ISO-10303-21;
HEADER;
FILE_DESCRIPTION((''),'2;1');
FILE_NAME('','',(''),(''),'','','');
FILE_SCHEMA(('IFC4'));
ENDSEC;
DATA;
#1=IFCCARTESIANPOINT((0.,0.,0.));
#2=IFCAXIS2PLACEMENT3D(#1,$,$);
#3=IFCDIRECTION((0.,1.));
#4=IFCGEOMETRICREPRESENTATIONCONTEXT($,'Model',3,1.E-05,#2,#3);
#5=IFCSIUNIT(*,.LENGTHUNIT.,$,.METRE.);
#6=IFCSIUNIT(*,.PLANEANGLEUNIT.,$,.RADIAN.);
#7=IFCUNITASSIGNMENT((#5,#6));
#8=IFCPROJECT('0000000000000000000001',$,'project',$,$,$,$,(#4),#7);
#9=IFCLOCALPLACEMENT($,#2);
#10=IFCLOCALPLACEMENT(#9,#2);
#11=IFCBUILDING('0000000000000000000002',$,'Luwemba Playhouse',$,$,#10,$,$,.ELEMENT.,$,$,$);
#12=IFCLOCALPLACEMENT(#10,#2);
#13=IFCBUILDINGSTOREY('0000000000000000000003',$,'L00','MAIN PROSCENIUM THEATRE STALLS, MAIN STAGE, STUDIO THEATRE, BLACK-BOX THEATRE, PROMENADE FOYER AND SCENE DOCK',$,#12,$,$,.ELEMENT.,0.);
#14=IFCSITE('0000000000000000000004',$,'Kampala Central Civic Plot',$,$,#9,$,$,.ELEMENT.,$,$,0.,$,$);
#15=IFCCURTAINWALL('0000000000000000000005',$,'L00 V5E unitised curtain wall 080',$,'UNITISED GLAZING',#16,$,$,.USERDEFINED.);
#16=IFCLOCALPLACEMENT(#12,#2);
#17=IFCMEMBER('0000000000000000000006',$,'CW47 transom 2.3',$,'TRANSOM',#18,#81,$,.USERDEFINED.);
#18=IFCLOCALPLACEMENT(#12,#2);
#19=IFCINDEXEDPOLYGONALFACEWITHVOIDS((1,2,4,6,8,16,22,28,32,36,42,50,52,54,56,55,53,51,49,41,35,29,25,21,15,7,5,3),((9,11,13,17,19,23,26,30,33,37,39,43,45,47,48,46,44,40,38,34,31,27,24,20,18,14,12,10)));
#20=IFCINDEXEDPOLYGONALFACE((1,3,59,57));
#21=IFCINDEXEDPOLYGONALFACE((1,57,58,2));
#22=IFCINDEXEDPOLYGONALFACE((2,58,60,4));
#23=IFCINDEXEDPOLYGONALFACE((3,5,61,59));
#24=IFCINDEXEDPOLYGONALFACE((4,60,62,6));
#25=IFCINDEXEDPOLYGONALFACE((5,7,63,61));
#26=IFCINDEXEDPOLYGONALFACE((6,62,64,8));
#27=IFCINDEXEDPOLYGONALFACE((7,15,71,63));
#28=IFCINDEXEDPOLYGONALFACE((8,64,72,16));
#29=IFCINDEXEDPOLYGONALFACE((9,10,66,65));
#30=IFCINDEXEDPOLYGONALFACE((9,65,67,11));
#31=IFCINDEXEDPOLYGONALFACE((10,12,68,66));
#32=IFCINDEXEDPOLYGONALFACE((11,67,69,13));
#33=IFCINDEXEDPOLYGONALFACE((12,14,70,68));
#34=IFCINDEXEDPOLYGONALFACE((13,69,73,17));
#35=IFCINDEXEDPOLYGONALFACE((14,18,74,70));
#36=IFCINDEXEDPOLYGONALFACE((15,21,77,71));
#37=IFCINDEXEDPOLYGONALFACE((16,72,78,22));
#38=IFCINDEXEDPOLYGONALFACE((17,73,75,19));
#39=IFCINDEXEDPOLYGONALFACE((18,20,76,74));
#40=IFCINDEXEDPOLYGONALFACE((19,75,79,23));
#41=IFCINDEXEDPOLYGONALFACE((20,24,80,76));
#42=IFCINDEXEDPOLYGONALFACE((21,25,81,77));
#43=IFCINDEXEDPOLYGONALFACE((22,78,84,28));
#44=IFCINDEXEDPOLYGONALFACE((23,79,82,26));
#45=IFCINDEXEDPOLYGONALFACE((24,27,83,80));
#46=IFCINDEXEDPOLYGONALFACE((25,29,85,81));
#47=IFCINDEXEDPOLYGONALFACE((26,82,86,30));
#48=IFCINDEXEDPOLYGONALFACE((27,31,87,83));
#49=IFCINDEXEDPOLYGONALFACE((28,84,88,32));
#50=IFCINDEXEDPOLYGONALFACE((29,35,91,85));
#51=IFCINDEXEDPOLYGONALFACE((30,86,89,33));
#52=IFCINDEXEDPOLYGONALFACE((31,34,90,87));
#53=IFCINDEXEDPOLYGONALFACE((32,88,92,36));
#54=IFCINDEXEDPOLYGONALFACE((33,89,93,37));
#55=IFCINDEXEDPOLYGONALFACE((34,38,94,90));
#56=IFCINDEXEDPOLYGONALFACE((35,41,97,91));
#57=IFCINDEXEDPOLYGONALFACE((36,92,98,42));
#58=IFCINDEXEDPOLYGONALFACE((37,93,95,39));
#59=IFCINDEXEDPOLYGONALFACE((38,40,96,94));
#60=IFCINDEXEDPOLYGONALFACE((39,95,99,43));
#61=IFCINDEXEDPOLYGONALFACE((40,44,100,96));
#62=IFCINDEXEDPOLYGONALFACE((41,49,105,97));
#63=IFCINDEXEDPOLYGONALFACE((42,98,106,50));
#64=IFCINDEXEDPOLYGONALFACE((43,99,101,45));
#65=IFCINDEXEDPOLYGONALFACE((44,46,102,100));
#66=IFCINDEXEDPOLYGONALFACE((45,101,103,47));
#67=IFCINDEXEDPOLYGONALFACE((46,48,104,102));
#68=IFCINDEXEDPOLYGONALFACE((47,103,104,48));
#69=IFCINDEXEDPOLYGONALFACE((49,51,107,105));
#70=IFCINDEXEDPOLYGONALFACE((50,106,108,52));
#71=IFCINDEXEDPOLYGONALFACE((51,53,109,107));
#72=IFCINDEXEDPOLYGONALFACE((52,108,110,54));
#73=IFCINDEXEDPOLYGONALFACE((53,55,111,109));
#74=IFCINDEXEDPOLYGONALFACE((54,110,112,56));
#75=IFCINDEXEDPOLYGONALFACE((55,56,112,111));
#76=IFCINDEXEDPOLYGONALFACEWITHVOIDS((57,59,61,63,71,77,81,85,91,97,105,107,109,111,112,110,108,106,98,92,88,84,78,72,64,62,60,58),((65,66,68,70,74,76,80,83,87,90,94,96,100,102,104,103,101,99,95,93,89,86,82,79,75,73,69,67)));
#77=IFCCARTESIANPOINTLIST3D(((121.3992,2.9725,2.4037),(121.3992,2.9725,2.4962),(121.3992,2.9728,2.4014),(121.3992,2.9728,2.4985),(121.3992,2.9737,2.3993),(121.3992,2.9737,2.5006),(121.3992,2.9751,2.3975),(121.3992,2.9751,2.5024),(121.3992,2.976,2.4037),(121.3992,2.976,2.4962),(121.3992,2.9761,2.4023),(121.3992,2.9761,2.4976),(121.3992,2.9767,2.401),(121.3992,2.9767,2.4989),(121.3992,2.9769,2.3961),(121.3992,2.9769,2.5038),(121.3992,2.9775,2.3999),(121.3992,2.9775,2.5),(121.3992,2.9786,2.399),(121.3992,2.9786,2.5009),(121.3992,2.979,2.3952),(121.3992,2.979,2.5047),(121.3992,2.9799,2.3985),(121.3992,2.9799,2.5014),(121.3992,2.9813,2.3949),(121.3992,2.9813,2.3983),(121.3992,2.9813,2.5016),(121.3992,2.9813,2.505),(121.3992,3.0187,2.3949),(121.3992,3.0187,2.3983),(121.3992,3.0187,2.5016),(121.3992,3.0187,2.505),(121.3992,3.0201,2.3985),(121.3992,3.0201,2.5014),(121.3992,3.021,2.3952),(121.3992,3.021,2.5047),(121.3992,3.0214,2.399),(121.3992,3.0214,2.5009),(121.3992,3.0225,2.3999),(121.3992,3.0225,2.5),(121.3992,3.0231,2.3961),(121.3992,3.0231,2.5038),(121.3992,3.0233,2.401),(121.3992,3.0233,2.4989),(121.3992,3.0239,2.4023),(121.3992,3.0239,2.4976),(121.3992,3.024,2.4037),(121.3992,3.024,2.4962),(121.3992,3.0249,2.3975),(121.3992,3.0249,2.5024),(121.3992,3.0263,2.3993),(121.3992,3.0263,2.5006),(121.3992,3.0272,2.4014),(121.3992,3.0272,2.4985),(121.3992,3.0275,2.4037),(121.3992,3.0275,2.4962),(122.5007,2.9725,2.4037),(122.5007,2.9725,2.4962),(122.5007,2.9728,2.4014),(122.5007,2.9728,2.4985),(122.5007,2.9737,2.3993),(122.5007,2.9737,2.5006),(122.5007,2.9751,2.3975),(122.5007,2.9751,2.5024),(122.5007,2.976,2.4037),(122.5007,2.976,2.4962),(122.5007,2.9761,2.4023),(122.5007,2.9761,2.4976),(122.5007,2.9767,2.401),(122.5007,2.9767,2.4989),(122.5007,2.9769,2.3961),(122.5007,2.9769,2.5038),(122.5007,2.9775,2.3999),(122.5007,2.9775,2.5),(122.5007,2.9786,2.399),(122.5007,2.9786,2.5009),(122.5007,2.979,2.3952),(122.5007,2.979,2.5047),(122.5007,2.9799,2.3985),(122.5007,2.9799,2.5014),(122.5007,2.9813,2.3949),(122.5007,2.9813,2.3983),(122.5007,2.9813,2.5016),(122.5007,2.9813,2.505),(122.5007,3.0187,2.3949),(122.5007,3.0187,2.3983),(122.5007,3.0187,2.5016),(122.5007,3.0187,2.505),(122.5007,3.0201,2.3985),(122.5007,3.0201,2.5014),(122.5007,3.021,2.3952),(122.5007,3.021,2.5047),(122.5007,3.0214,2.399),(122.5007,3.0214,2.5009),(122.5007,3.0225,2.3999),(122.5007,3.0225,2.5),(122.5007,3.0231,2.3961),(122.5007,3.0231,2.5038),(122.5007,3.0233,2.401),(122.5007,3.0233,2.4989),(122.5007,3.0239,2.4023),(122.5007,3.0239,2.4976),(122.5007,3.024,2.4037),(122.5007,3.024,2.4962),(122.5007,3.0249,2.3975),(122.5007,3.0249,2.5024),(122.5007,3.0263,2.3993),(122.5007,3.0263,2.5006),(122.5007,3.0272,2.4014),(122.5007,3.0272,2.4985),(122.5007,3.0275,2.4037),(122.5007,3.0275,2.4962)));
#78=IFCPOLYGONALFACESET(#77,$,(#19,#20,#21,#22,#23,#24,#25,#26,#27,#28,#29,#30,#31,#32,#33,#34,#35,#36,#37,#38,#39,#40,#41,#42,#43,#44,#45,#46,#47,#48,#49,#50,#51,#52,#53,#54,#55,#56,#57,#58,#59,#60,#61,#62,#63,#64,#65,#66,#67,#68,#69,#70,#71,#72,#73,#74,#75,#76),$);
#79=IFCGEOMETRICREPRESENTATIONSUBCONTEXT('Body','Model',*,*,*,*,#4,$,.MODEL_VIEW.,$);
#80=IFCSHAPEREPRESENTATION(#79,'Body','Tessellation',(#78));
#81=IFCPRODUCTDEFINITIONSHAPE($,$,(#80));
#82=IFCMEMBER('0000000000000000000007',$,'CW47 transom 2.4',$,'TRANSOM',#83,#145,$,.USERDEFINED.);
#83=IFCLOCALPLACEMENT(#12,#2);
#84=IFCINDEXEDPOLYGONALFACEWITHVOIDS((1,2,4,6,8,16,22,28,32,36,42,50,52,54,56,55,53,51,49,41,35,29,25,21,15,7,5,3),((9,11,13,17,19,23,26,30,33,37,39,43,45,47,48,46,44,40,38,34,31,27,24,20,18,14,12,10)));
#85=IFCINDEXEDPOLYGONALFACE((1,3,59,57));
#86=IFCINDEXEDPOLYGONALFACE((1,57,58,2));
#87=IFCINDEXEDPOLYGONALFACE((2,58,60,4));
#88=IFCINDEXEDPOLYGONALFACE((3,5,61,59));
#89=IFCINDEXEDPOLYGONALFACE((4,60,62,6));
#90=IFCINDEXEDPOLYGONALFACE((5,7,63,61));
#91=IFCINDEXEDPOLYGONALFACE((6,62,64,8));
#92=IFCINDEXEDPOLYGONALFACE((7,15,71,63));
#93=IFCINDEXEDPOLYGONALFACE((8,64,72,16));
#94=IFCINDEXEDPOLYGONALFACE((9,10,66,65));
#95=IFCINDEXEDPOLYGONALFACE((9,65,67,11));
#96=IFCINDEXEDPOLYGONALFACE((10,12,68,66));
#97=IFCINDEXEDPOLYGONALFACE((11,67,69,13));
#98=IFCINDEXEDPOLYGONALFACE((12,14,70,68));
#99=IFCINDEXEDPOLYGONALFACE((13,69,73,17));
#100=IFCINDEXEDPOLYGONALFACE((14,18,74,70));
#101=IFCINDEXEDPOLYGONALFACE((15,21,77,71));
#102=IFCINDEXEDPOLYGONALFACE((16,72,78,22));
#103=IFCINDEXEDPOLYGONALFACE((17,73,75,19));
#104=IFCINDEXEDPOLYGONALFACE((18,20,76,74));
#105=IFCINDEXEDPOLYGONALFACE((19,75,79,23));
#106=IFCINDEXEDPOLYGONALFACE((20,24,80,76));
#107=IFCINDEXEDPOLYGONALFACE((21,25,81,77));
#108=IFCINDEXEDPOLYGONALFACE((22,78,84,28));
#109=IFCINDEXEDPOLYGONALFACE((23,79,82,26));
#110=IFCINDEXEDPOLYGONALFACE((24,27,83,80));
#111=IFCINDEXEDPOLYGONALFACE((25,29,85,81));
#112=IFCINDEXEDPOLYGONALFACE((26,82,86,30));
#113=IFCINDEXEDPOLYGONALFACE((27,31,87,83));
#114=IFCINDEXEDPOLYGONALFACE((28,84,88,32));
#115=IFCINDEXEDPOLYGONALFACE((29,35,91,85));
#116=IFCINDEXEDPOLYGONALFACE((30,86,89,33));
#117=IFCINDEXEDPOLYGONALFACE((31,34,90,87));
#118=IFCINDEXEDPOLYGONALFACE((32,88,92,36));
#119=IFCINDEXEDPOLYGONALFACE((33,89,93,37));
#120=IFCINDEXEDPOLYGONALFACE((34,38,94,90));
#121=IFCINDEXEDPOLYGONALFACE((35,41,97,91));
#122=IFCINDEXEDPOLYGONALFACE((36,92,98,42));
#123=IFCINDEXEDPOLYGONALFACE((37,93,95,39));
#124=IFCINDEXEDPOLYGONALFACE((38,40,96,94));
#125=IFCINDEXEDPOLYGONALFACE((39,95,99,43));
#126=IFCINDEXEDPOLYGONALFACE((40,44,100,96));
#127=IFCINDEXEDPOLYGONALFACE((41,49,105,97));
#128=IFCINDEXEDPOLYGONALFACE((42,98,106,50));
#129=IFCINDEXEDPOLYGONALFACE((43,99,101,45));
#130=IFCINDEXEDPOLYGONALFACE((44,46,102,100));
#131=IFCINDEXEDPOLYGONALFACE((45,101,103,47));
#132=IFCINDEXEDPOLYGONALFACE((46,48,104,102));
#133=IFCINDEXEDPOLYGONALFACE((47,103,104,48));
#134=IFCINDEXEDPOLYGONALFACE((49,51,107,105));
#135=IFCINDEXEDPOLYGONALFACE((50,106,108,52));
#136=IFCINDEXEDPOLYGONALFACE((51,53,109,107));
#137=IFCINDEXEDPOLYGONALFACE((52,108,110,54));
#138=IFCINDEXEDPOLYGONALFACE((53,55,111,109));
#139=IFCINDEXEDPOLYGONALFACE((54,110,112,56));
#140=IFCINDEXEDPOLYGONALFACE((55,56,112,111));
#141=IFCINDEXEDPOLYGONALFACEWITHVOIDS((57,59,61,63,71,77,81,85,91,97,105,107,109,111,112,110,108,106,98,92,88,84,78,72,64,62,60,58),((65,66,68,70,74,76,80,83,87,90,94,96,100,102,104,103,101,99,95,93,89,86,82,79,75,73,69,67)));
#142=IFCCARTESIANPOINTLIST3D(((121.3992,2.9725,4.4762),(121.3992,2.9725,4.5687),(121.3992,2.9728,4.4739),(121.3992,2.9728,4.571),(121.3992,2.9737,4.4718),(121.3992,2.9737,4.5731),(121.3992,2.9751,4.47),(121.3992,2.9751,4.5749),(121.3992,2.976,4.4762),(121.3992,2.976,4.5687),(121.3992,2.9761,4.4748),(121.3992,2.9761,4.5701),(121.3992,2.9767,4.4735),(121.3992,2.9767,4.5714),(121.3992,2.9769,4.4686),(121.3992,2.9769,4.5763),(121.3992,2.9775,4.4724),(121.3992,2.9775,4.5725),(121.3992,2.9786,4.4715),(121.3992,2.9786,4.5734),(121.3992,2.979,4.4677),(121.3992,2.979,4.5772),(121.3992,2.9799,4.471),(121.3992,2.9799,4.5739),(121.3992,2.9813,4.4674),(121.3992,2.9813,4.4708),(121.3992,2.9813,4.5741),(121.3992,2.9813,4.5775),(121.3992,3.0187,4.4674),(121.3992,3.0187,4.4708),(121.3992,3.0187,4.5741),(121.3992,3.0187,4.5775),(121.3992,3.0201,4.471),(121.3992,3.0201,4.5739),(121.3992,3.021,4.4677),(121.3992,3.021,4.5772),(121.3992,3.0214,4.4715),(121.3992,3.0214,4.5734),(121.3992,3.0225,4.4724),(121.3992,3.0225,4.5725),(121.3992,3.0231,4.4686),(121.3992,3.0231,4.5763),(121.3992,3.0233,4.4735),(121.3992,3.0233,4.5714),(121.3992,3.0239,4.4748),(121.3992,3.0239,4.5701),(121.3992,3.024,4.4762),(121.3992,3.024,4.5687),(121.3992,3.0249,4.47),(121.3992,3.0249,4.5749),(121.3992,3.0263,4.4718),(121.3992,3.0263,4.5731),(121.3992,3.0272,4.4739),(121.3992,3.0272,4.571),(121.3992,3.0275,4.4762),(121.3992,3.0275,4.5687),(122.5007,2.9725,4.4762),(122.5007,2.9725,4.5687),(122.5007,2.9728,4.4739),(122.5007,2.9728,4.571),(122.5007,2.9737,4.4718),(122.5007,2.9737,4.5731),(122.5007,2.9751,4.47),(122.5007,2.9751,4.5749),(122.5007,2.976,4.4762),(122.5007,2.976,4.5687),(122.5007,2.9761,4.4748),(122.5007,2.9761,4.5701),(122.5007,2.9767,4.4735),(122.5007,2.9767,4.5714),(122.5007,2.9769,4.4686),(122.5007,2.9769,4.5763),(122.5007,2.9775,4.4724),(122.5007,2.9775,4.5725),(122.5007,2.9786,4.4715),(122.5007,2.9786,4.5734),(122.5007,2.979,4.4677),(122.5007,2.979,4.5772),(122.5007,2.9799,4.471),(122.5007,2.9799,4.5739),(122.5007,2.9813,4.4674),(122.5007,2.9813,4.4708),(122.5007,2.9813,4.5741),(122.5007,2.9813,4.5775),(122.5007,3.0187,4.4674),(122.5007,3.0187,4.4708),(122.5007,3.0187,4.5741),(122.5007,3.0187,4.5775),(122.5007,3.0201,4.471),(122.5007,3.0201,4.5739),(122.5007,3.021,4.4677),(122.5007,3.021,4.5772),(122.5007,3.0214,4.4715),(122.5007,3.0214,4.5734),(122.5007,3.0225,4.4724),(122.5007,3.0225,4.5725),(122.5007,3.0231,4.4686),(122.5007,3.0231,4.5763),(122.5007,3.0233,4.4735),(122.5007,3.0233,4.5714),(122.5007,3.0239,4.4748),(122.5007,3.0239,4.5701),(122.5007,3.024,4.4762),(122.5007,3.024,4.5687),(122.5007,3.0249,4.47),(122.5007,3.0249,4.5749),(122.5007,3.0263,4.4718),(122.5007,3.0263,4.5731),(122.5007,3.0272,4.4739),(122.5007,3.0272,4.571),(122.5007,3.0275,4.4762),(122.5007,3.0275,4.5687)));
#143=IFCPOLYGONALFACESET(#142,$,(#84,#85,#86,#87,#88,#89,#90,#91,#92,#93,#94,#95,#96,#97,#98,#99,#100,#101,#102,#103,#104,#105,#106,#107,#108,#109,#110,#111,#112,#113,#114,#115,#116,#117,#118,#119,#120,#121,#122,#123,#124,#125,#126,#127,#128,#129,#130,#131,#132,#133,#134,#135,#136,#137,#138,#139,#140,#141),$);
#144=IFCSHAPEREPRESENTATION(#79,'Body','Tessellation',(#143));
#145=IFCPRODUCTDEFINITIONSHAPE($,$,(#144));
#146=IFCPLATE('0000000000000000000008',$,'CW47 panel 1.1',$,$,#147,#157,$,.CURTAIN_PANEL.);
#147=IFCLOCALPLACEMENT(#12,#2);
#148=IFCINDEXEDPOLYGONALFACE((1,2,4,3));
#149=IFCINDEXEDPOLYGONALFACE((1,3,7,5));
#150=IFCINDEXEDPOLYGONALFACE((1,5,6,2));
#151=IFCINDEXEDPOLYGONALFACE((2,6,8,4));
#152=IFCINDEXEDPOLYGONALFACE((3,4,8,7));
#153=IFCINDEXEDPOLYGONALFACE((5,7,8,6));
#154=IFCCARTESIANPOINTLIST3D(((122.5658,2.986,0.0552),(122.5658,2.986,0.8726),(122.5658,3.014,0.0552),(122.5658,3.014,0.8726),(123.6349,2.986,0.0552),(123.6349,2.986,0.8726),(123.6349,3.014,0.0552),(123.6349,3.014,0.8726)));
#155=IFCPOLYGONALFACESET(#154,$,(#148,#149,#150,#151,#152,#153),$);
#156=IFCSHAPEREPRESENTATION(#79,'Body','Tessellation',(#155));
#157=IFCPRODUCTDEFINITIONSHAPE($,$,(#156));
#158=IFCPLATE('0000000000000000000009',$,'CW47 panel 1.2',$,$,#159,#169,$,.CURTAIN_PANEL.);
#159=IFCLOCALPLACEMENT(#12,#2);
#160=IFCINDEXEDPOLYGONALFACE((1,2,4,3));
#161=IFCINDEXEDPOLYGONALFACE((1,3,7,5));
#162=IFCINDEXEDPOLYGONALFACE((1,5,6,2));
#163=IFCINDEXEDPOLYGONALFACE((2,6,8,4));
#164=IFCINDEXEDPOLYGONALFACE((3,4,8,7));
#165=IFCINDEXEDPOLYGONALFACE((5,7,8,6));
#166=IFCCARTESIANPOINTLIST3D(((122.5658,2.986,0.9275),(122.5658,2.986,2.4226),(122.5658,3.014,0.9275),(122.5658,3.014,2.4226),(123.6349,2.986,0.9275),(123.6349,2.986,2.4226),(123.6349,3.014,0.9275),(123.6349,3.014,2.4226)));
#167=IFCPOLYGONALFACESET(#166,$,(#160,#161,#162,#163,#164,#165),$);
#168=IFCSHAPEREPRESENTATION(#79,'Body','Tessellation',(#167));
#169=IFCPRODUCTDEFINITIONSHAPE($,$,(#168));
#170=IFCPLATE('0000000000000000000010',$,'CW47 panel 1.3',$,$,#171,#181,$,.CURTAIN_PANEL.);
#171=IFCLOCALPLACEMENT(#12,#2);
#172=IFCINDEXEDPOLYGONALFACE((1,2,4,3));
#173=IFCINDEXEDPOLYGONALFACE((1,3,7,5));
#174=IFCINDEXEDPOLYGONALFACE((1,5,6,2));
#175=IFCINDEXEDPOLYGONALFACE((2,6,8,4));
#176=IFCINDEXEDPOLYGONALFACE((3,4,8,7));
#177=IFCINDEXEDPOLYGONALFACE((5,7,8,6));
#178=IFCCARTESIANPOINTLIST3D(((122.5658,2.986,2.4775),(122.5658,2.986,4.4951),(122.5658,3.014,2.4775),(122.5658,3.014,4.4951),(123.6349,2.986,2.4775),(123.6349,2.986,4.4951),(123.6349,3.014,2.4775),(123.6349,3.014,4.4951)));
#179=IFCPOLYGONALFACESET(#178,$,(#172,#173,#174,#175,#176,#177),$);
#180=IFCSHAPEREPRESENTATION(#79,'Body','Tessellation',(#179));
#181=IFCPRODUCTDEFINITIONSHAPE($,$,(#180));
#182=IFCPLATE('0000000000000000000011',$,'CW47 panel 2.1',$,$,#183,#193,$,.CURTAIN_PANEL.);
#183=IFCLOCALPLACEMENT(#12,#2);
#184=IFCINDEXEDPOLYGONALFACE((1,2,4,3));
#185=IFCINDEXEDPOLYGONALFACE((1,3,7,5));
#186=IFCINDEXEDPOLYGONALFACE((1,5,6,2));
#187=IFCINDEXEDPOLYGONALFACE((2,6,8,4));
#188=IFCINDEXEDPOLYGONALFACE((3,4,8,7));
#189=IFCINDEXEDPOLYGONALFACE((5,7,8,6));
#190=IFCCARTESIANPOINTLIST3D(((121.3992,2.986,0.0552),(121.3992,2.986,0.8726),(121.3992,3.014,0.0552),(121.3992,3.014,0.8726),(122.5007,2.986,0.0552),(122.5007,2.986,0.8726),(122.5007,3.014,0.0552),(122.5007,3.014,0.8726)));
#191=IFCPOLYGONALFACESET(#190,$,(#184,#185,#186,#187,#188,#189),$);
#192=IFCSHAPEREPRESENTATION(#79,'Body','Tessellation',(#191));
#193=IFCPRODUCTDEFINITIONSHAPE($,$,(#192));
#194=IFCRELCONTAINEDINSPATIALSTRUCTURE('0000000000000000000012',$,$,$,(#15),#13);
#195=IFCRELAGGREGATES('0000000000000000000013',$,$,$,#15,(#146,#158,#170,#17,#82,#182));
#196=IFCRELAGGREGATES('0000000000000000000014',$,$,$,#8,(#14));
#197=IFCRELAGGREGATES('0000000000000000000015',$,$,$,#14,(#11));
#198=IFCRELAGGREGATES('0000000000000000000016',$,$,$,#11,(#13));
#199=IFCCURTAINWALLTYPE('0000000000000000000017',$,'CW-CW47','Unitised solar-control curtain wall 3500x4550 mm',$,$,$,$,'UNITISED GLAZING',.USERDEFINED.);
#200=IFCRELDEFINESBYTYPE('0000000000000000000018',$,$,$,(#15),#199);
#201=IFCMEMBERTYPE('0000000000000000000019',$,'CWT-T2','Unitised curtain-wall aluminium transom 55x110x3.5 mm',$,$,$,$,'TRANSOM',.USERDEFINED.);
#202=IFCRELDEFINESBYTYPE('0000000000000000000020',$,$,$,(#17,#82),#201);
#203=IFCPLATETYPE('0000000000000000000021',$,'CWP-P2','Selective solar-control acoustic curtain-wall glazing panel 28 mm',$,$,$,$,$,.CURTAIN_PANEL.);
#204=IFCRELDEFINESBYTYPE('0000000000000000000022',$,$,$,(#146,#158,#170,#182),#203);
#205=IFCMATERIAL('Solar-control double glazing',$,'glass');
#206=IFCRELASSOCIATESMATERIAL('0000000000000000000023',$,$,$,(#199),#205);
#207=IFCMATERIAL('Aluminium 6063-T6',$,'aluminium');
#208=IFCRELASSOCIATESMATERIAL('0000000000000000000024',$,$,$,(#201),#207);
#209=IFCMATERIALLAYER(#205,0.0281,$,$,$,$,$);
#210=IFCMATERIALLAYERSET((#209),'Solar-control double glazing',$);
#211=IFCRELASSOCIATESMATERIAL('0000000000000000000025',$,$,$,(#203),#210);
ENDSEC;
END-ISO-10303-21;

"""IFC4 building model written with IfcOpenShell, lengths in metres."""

from ifc_helpers import new_model, si_unit, direction, frame, origin, origin_2d, place, context, subcontext, project, spatial, rectangle, hollow_rectangle, extrude, material, layer, layer_set, material_profile, profile_set, type_object, element, aggregate, save


model = new_model("IFC4")

# Units and contexts
model_context = context("Model", 3, precision=1e-05, world=origin(), true_north=direction((0.0, 1.0)))
body_context = subcontext(model_context, "Body", "Model", "MODEL_VIEW")
ifc_project = project(units=[si_unit("LENGTHUNIT", "METRE"), si_unit("PLANEANGLEUNIT", "RADIAN")], contexts=[model_context])

# Site, building, storey
site_placement = place(None, origin())
site = spatial("IfcSite", under=ifc_project, at=site_placement, Name="Kampala Central Civic Plot", CompositionType="ELEMENT", RefElevation=0.0)
building_placement = place(site_placement, origin())
building = spatial("IfcBuilding", under=site, at=building_placement, Name="Luwemba Playhouse", CompositionType="ELEMENT")
storey_placement = place(building_placement, origin())
storey = spatial("IfcBuildingStorey", under=building, at=storey_placement, Name="L00", Description="MAIN PROSCENIUM THEATRE STALLS, MAIN STAGE, STUDIO THEATRE, BLACK-BOX THEATRE, PROMENADE FOYER AND SCENE DOCK", CompositionType="ELEMENT", Elevation=0.0)

# Shared definitions
ifc_material_1 = material(Name="Solar-control double glazing", Category="glass")
ifc_material_2 = material(Name="Aluminium 6063-T6", Category="aluminium")

# Curtain wall, members, plates
curtain_wall_type_1 = type_object("IfcCurtainWallType", Name="CW-CW47", Description="Unitised solar-control curtain wall 3500x4550 mm", ElementType="UNITISED GLAZING", PredefinedType="USERDEFINED", material=ifc_material_1)
curtain_wall_1_placement = place(storey_placement, origin())
curtain_wall_1 = element("IfcCurtainWall", 1, at=curtain_wall_1_placement, inside=storey, type_object=curtain_wall_type_1, Name="L00 V5E unitised curtain wall 080", ObjectType="UNITISED GLAZING", PredefinedType="USERDEFINED")
ifc_material_profile_1 = material_profile(ifc_material_2, hollow_rectangle(XDim=0.0549, YDim=0.1101, WallThickness=0.0034, InnerFilletRadius=0.0054, OuterFilletRadius=0.0088, at=origin_2d()))
ifc_profile_set_1 = profile_set([ifc_material_profile_1], Name="Aluminium 6063-T6")
member_type_1 = type_object("IfcMemberType", Name="CWT-T2", Description="Unitised curtain-wall aluminium transom 55x110x3.5 mm", ElementType="TRANSOM", PredefinedType="USERDEFINED", material=ifc_profile_set_1)
member_1_placement = place(storey_placement, frame((122.5007, 3.0, 2.45), z_axis=(-1.0, 0.0, 0.0), x_axis=(0.0, -1.0, 0.0)))
member_1 = element("IfcMember", 2, at=member_1_placement, type_object=member_type_1, Name="CW47 transom 2.3", ObjectType="TRANSOM", PredefinedType="USERDEFINED", context=body_context, shape_type="SweptSolid", body=[
    extrude(hollow_rectangle(XDim=0.0549, YDim=0.1101, WallThickness=0.0034, InnerFilletRadius=0.0054, OuterFilletRadius=0.0088, at=origin_2d()), origin(), (0.0, 0.0, 1.0), 1.1016),
])
member_2_placement = place(storey_placement, frame((122.5007, 3.0, 4.5225), z_axis=(-1.0, 0.0, 0.0), x_axis=(0.0, -1.0, 0.0)))
member_2 = element("IfcMember", 3, at=member_2_placement, type_object=member_type_1, Name="CW47 transom 2.4", ObjectType="TRANSOM", PredefinedType="USERDEFINED", context=body_context, shape_type="SweptSolid", body=[
    extrude(hollow_rectangle(XDim=0.0549, YDim=0.1101, WallThickness=0.0034, InnerFilletRadius=0.0054, OuterFilletRadius=0.0088, at=origin_2d()), origin(), (0.0, 0.0, 1.0), 1.1016),
])
ifc_layer = layer(ifc_material_1, 0.0281)
ifc_layer_set = layer_set([ifc_layer], Name="Solar-control double glazing")
plate_type = type_object("IfcPlateType", Name="CWP-P2", Description="Selective solar-control acoustic curtain-wall glazing panel 28 mm", PredefinedType="CURTAIN_PANEL", material=ifc_layer_set)
plate_1_placement = place(storey_placement, frame((123.1003, 3.0, 0.0552), z_axis=(0.0, 0.0, 1.0), x_axis=(-1.0, 0.0, 0.0)))
plate_1 = element("IfcPlate", 4, at=plate_1_placement, type_object=plate_type, Name="CW47 panel 1.1", PredefinedType="CURTAIN_PANEL", context=body_context, shape_type="SweptSolid", body=[
    extrude(rectangle(XDim=1.0691, YDim=0.0281, at=origin_2d()), origin(), (0.0, 0.0, 1.0), 0.8174),
])
plate_2_placement = place(storey_placement, frame((123.1003, 3.0, 0.9275), z_axis=(0.0, 0.0, 1.0), x_axis=(-1.0, 0.0, 0.0)))
plate_2 = element("IfcPlate", 5, at=plate_2_placement, type_object=plate_type, Name="CW47 panel 1.2", PredefinedType="CURTAIN_PANEL", context=body_context, shape_type="SweptSolid", body=[
    extrude(rectangle(XDim=1.0691, YDim=0.0281, at=origin_2d()), origin(), (0.0, 0.0, 1.0), 1.4951),
])
plate_3_placement = place(storey_placement, frame((123.1003, 3.0, 2.4775), z_axis=(0.0, 0.0, 1.0), x_axis=(-1.0, 0.0, 0.0)))
plate_3 = element("IfcPlate", 6, at=plate_3_placement, type_object=plate_type, Name="CW47 panel 1.3", PredefinedType="CURTAIN_PANEL", context=body_context, shape_type="SweptSolid", body=[
    extrude(rectangle(XDim=1.0691, YDim=0.0281, at=origin_2d()), origin(), (0.0, 0.0, 1.0), 2.0176),
])
plate_4_placement = place(storey_placement, frame((121.95, 3.0, 0.0552), z_axis=(0.0, 0.0, 1.0), x_axis=(-1.0, 0.0, 0.0)))
plate_4 = element("IfcPlate", 7, at=plate_4_placement, type_object=plate_type, Name="CW47 panel 2.1", PredefinedType="CURTAIN_PANEL", context=body_context, shape_type="SweptSolid", body=[
    extrude(rectangle(XDim=1.1016, YDim=0.0281, at=origin_2d()), origin(), (0.0, 0.0, 1.0), 0.8174),
])
aggregate(curtain_wall_1, [plate_1, plate_2, plate_3, member_1, member_2, plate_4])

save(model, "model.ifc")
